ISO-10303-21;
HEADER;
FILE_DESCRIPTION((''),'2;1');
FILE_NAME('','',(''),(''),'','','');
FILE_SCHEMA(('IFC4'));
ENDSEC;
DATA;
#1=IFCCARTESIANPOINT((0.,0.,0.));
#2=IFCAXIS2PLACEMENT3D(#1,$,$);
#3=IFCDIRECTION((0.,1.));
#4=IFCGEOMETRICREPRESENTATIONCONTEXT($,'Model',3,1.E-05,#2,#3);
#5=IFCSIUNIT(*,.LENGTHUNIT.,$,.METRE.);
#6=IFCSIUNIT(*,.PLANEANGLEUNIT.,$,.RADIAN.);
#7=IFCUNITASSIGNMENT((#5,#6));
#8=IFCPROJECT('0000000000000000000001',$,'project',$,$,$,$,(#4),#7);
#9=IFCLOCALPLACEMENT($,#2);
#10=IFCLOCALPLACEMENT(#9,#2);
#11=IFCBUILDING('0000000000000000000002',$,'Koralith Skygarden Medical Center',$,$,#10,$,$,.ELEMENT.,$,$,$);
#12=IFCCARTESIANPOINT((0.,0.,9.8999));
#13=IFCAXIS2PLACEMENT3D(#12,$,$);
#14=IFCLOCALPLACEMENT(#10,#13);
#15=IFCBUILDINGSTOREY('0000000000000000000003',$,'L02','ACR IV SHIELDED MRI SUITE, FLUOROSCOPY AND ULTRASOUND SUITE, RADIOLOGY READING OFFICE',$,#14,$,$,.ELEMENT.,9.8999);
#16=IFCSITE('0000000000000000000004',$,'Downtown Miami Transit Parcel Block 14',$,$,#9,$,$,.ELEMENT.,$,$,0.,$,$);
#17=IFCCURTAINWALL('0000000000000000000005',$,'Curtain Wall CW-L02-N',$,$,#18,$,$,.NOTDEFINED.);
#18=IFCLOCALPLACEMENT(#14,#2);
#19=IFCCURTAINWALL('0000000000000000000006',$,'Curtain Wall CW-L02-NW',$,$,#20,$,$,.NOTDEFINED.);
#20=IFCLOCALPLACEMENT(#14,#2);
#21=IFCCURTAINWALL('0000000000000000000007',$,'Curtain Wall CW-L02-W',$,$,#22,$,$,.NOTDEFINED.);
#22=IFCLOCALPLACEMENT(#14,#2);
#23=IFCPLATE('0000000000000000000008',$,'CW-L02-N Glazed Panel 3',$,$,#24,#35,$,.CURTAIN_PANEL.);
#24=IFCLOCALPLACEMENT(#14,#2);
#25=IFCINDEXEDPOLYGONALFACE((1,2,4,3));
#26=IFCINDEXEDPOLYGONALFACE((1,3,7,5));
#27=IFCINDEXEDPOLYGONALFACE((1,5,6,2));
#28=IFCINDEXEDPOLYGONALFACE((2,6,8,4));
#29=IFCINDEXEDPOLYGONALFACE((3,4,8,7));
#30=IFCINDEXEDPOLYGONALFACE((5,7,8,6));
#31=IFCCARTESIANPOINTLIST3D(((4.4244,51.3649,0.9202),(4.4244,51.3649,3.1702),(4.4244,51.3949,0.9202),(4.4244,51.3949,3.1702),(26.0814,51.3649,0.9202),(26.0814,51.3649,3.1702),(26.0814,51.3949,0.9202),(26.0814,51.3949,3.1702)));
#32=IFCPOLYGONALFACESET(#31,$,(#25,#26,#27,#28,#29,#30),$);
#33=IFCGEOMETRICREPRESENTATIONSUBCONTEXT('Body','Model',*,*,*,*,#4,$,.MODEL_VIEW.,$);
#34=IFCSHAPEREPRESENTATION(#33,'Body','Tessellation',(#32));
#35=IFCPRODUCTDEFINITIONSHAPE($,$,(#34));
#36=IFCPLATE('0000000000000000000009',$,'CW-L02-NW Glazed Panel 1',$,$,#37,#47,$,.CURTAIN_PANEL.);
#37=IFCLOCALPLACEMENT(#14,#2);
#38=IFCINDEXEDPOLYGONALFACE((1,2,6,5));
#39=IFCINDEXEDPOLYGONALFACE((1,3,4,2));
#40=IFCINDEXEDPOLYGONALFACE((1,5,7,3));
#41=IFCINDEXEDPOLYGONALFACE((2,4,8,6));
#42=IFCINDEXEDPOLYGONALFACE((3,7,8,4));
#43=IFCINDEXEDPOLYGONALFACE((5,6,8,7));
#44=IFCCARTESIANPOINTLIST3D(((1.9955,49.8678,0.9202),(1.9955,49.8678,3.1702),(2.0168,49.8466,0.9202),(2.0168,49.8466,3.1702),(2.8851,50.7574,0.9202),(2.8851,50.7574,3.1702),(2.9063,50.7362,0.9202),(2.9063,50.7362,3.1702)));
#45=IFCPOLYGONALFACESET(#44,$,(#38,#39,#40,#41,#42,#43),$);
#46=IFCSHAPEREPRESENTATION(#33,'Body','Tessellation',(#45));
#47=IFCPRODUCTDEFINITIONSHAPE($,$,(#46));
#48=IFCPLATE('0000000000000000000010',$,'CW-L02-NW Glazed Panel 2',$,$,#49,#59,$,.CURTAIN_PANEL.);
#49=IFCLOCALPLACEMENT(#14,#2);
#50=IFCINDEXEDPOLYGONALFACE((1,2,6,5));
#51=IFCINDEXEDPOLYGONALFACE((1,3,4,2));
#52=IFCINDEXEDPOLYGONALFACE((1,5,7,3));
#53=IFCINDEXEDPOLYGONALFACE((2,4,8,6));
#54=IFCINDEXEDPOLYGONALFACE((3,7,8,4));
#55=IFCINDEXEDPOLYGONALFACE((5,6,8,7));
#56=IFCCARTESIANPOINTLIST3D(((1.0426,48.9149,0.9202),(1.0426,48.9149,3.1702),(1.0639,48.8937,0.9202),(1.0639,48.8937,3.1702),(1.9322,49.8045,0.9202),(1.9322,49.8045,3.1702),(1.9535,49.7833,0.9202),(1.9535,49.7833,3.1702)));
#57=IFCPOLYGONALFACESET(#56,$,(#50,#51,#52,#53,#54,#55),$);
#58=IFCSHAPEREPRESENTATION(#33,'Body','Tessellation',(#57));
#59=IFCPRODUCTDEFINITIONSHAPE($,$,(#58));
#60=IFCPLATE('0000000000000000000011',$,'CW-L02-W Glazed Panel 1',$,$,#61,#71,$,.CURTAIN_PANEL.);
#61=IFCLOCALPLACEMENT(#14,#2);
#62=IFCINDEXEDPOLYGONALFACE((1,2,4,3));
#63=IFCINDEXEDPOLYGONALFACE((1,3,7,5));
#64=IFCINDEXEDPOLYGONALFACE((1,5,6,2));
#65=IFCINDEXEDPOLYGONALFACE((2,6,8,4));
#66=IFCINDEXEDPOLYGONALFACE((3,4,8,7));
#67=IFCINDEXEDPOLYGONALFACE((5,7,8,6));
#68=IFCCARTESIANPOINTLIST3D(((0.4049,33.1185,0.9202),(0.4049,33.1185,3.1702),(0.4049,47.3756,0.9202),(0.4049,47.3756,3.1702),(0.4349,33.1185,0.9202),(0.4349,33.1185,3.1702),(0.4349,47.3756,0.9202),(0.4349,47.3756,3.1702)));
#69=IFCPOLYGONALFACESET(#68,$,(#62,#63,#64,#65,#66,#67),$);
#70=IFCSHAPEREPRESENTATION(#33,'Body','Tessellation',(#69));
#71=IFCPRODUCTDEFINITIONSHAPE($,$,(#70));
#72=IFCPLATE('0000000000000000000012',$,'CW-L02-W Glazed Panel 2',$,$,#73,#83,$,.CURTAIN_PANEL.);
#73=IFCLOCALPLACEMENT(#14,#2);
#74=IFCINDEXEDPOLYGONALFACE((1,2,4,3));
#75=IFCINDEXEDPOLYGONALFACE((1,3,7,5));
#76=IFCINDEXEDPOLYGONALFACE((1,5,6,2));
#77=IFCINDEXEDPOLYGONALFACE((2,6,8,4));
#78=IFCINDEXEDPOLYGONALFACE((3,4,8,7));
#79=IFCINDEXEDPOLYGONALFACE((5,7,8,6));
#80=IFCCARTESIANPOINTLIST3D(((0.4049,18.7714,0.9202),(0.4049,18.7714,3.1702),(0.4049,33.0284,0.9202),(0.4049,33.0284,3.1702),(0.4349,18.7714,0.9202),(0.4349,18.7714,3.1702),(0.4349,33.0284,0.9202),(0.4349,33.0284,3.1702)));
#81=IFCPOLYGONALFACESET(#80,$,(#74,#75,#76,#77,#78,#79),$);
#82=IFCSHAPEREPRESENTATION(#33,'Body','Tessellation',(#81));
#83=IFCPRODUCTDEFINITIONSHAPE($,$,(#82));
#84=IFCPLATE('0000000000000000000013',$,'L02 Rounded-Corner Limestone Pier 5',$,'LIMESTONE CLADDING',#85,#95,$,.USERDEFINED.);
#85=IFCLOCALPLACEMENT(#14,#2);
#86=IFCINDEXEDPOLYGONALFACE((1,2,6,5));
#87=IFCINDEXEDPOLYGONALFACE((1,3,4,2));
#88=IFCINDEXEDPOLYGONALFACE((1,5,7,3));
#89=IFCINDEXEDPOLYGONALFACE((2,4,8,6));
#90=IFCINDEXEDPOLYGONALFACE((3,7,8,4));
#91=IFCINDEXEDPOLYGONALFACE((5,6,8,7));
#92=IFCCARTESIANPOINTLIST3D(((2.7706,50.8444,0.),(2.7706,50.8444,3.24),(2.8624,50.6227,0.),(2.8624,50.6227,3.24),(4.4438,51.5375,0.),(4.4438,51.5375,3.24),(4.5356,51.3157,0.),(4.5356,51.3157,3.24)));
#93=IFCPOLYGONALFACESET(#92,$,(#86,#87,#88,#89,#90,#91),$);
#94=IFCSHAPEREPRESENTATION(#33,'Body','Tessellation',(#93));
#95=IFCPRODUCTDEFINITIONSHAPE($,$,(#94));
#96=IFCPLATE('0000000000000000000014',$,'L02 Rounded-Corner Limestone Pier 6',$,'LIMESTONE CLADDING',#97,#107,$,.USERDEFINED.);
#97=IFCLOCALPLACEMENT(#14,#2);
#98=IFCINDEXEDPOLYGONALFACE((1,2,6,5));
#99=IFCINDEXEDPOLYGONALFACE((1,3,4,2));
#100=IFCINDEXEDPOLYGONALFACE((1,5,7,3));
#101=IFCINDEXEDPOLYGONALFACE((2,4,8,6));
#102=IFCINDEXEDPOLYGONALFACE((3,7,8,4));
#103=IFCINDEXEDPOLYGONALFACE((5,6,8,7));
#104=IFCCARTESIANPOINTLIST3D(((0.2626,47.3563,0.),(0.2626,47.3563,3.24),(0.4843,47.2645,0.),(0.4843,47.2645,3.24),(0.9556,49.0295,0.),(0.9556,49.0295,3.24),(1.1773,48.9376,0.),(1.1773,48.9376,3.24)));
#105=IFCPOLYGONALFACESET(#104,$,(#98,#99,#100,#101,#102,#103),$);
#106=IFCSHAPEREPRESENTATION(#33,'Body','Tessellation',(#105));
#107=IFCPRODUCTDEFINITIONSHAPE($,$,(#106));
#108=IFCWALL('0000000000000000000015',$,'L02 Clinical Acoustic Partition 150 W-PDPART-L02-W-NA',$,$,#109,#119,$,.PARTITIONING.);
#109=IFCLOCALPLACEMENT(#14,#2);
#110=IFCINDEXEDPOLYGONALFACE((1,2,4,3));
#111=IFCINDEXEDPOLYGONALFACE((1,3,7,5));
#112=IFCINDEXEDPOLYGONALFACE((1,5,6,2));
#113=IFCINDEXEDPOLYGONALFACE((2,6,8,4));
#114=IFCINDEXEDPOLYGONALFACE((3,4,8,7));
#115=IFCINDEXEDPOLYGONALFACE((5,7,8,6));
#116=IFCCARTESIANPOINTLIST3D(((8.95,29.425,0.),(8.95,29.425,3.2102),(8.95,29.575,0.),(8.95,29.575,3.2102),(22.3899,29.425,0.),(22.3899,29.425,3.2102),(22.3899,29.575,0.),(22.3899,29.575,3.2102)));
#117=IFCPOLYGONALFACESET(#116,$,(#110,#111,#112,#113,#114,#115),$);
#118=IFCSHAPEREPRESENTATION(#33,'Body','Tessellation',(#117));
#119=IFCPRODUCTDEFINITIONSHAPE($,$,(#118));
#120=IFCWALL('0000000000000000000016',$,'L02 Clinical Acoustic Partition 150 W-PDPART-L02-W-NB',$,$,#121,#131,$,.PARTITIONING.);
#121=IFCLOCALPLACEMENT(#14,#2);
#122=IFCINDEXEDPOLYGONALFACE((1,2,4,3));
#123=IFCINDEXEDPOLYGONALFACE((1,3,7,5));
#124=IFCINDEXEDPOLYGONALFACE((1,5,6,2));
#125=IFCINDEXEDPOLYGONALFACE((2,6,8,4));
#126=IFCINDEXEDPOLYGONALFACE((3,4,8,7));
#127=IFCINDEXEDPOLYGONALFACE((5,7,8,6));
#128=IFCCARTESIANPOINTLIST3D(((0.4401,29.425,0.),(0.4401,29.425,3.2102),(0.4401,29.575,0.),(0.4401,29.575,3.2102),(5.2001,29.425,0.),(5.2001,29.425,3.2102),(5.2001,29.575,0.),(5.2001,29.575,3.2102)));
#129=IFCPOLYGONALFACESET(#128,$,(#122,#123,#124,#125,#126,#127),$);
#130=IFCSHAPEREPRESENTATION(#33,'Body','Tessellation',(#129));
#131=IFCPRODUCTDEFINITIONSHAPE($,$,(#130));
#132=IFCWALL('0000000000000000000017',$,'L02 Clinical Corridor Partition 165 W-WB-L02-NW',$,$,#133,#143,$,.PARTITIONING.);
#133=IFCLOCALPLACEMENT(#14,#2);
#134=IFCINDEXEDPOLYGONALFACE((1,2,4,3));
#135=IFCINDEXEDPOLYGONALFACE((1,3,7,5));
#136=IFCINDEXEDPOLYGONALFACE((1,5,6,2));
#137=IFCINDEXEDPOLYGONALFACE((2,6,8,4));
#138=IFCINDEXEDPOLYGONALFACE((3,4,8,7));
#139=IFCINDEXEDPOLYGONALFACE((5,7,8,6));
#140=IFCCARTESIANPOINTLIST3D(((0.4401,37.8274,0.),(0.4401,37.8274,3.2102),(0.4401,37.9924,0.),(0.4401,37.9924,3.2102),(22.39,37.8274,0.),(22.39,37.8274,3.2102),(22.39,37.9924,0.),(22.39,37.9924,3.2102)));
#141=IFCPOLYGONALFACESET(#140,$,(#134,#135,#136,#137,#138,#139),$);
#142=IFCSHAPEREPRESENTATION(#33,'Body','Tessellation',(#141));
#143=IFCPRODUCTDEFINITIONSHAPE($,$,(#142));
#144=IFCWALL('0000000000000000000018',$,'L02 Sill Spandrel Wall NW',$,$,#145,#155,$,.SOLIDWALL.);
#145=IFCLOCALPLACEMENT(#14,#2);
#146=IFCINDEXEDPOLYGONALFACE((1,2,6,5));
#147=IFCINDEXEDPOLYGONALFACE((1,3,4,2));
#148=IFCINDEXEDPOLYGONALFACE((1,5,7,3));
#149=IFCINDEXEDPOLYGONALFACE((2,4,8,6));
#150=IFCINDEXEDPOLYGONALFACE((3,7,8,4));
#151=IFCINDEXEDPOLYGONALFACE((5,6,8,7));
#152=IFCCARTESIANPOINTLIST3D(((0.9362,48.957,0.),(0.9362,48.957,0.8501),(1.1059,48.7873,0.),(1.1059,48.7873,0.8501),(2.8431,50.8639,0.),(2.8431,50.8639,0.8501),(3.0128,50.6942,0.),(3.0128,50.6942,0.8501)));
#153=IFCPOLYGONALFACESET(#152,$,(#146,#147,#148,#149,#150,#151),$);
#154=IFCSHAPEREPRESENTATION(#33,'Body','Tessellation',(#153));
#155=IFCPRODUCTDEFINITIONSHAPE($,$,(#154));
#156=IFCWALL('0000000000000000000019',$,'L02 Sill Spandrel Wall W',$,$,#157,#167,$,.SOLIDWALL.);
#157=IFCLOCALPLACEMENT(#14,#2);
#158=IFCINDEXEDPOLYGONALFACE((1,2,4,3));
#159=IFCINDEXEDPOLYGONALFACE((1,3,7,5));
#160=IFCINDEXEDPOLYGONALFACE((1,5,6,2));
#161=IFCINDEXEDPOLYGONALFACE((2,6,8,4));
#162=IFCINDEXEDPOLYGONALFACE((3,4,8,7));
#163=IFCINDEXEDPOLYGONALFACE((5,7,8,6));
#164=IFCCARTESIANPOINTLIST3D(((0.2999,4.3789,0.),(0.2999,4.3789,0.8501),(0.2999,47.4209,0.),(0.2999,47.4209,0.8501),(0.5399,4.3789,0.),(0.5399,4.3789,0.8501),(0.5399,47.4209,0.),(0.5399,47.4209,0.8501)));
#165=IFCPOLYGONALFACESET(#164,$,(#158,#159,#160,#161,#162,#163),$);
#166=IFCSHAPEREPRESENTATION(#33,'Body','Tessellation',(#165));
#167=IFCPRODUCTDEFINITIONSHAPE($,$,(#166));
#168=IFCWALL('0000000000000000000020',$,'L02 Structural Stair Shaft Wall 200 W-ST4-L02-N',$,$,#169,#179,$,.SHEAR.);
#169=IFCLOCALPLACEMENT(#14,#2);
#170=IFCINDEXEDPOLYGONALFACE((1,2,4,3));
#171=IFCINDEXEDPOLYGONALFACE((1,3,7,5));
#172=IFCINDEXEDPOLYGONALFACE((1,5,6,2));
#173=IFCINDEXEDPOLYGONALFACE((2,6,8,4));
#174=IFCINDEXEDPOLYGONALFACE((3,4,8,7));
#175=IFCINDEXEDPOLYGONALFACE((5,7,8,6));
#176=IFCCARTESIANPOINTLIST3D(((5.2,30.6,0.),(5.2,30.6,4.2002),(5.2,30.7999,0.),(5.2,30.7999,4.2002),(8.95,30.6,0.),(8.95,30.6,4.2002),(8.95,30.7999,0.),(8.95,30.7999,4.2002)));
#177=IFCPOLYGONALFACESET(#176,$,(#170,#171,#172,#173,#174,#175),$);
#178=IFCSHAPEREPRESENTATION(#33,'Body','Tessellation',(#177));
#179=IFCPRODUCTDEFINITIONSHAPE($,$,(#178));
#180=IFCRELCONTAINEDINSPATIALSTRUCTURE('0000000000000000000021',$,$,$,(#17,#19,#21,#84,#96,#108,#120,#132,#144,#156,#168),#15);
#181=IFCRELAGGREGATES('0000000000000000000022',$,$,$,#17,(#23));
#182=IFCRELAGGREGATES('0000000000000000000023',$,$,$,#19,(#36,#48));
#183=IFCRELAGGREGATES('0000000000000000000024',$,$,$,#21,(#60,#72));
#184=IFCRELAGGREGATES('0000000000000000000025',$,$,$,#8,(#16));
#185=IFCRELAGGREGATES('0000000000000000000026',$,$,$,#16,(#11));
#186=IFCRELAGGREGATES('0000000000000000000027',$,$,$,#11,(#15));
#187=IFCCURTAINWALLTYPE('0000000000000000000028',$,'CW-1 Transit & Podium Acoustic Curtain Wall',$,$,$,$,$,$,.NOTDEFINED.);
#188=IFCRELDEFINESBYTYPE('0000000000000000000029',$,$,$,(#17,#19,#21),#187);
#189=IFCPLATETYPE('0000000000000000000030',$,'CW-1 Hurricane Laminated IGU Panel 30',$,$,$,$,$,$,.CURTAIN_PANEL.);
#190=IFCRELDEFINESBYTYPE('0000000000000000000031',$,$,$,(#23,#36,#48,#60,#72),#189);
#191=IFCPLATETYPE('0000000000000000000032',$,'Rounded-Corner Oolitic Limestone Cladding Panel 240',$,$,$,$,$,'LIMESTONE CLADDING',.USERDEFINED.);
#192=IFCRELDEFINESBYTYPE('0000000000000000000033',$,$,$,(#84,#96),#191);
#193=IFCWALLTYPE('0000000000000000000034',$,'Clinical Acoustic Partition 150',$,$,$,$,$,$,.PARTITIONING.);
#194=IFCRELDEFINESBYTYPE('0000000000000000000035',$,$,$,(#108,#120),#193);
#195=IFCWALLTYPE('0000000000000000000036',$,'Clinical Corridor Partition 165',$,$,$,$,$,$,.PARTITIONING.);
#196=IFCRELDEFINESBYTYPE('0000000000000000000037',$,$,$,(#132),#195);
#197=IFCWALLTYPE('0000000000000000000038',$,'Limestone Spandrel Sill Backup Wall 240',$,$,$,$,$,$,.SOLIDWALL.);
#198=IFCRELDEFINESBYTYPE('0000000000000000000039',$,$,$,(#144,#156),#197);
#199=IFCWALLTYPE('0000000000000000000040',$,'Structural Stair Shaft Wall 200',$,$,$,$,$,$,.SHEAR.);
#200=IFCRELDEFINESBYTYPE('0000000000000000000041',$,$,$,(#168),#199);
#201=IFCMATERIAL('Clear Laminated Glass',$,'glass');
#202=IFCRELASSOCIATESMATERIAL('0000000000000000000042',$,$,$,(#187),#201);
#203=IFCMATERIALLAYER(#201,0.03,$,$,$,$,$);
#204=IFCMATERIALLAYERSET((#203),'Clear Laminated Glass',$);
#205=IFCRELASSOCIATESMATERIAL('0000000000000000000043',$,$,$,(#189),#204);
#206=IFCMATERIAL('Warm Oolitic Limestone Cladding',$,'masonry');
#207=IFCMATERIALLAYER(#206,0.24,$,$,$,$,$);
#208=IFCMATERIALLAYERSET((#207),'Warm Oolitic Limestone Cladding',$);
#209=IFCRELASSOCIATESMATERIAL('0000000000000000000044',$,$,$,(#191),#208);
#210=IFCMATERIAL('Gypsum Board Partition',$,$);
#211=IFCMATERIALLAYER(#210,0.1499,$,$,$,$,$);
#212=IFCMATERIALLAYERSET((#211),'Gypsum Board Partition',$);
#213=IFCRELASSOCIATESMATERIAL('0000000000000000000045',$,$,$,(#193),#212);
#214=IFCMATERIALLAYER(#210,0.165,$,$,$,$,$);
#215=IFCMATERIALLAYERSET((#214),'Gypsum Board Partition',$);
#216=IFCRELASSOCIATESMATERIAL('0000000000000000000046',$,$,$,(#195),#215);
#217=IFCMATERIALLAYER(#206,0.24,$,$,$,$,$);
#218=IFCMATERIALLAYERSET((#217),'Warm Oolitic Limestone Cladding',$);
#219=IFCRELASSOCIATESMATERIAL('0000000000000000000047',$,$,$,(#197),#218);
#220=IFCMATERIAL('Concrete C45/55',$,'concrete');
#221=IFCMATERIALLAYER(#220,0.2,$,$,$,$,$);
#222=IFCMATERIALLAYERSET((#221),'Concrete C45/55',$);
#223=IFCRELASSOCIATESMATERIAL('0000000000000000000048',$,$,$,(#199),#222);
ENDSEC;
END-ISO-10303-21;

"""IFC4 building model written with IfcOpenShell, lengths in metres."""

from ifc_helpers import new_model, si_unit, direction, frame, frame_2d, origin, origin_2d, place, context, subcontext, project, spatial, rectangle, extrude, material, layer, layer_set, type_object, element, aggregate, save


model = new_model("IFC4")

# Units and contexts
model_context = context("Model", 3, precision=1e-05, world=origin(), true_north=direction((0.0, 1.0)))
body_context = subcontext(model_context, "Body", "Model", "MODEL_VIEW")
ifc_project = project(units=[si_unit("LENGTHUNIT", "METRE"), si_unit("PLANEANGLEUNIT", "RADIAN")], contexts=[model_context])

# Site, building, storey
site_placement = place(None, origin())
site = spatial("IfcSite", under=ifc_project, at=site_placement, Name="Downtown Miami Transit Parcel Block 14", CompositionType="ELEMENT", RefElevation=0.0)
building_placement = place(site_placement, origin())
building = spatial("IfcBuilding", under=site, at=building_placement, Name="Koralith Skygarden Medical Center", CompositionType="ELEMENT")
storey_placement = place(building_placement, frame((0.0, 0.0, 9.8999)))
storey = spatial("IfcBuildingStorey", under=building, at=storey_placement, Name="L02", Description="ACR IV SHIELDED MRI SUITE, FLUOROSCOPY AND ULTRASOUND SUITE, RADIOLOGY READING OFFICE", CompositionType="ELEMENT", Elevation=9.8999)

# Curtain wall
ifc_material_1 = material(Name="Clear Laminated Glass", Category="glass")
curtain_wall_type = type_object("IfcCurtainWallType", Name="CW-1 Transit & Podium Acoustic Curtain Wall", PredefinedType="NOTDEFINED", material=ifc_material_1)
curtain_wall_1_placement = place(storey_placement, origin())
curtain_wall_1 = element("IfcCurtainWall", 1, at=curtain_wall_1_placement, inside=storey, type_object=curtain_wall_type, Name="Curtain Wall CW-L02-N", PredefinedType="NOTDEFINED")

# Curtain walls
curtain_wall_2_placement = place(storey_placement, origin())
curtain_wall_2 = element("IfcCurtainWall", 2, at=curtain_wall_2_placement, inside=storey, type_object=curtain_wall_type, Name="Curtain Wall CW-L02-NW", PredefinedType="NOTDEFINED")
curtain_wall_3_placement = place(storey_placement, origin())
curtain_wall_3 = element("IfcCurtainWall", 3, at=curtain_wall_3_placement, inside=storey, type_object=curtain_wall_type, Name="Curtain Wall CW-L02-W", PredefinedType="NOTDEFINED")

# Plates
ifc_layer_1 = layer(ifc_material_1, 0.03)
ifc_layer_set_1 = layer_set([ifc_layer_1], Name="Clear Laminated Glass")
plate_type_1 = type_object("IfcPlateType", Name="CW-1 Hurricane Laminated IGU Panel 30", PredefinedType="CURTAIN_PANEL", material=ifc_layer_set_1)
plate_1_placement = place(storey_placement, frame((15.2529, 51.3799, 0.9202), z_axis=(0.0, 0.0, 1.0), x_axis=(-1.0, 0.0, 0.0)))
plate_1 = element("IfcPlate", 4, at=plate_1_placement, type_object=plate_type_1, Name="CW-L02-N Glazed Panel 3", PredefinedType="CURTAIN_PANEL", context=body_context, shape_type="SweptSolid", body=[
    extrude(rectangle(XDim=21.657, YDim=0.03, at=origin_2d()), origin(), (0.0, 0.0, 1.0), 2.25),
])
aggregate(curtain_wall_1, [plate_1])
plate_2_placement = place(storey_placement, frame((2.4509, 50.302, 0.9202), z_axis=(0.0, 0.0, 1.0), x_axis=(-0.707107, -0.707107, 0.0)))
plate_2 = element("IfcPlate", 5, at=plate_2_placement, type_object=plate_type_1, Name="CW-L02-NW Glazed Panel 1", PredefinedType="CURTAIN_PANEL", context=body_context, shape_type="SweptSolid", body=[
    extrude(rectangle(XDim=1.2581, YDim=0.03, at=origin_2d()), origin(), (0.0, 0.0, 1.0), 2.25),
])
plate_3_placement = place(storey_placement, frame((1.498, 49.3491, 0.9202), z_axis=(0.0, 0.0, 1.0), x_axis=(-0.707107, -0.707107, 0.0)))
plate_3 = element("IfcPlate", 6, at=plate_3_placement, type_object=plate_type_1, Name="CW-L02-NW Glazed Panel 2", PredefinedType="CURTAIN_PANEL", context=body_context, shape_type="SweptSolid", body=[
    extrude(rectangle(XDim=1.2581, YDim=0.03, at=origin_2d()), origin(), (0.0, 0.0, 1.0), 2.25),
])
aggregate(curtain_wall_2, [plate_2, plate_3])
plate_4_placement = place(storey_placement, frame((0.4199, 40.2471, 0.9202), z_axis=(0.0, 0.0, 1.0), x_axis=(0.0, -1.0, 0.0)))
plate_4 = element("IfcPlate", 7, at=plate_4_placement, type_object=plate_type_1, Name="CW-L02-W Glazed Panel 1", PredefinedType="CURTAIN_PANEL", context=body_context, shape_type="SweptSolid", body=[
    extrude(rectangle(XDim=14.2571, YDim=0.03, at=origin_2d()), origin(), (0.0, 0.0, 1.0), 2.25),
])
plate_5_placement = place(storey_placement, frame((0.4199, 25.8999, 0.9202), z_axis=(0.0, 0.0, 1.0), x_axis=(0.0, -1.0, 0.0)))
plate_5 = element("IfcPlate", 8, at=plate_5_placement, type_object=plate_type_1, Name="CW-L02-W Glazed Panel 2", PredefinedType="CURTAIN_PANEL", context=body_context, shape_type="SweptSolid", body=[
    extrude(rectangle(XDim=14.2571, YDim=0.03, at=origin_2d()), origin(), (0.0, 0.0, 1.0), 2.25),
])
aggregate(curtain_wall_3, [plate_4, plate_5])

# Plates
ifc_material_2 = material(Name="Warm Oolitic Limestone Cladding", Category="masonry")
ifc_layer_2 = layer(ifc_material_2, 0.24)
ifc_layer_set_2 = layer_set([ifc_layer_2], Name="Warm Oolitic Limestone Cladding")
plate_type_2 = type_object("IfcPlateType", Name="Rounded-Corner Oolitic Limestone Cladding Panel 240", ElementType="LIMESTONE CLADDING", PredefinedType="USERDEFINED", material=ifc_layer_set_2)
for number, where, z_axis, x_axis, name in (
    (9, (3.6531, 51.0801, 0.0), (0.0, 0.0, 1.0), (-0.923885, -0.382671, 0.0), "L02 Rounded-Corner Limestone Pier 5"),
    (10, (0.72, 48.147, 0.0), (0.0, 0.0, 1.0), (-0.382671, -0.923885, 0.0), "L02 Rounded-Corner Limestone Pier 6"),
):
    element("IfcPlate", number, at=place(storey_placement, frame(where, z_axis=z_axis, x_axis=x_axis)), inside=storey, type_object=plate_type_2, Name=name, ObjectType="LIMESTONE CLADDING", PredefinedType="USERDEFINED", context=body_context, shape_type="SweptSolid", body=[
        extrude(rectangle(XDim=1.811, YDim=0.24, at=origin_2d()), origin(), (0.0, 0.0, 1.0), 3.24),
    ])

# Walls
ifc_material_3 = material(Name="Gypsum Board Partition")
ifc_layer_3 = layer(ifc_material_3, 0.1499)
ifc_layer_set_3 = layer_set([ifc_layer_3], Name="Gypsum Board Partition")
wall_type_1 = type_object("IfcWallType", Name="Clinical Acoustic Partition 150", PredefinedType="PARTITIONING", material=ifc_layer_set_3)
wall_1_placement = place(storey_placement, frame((8.95, 29.5, 0.0), z_axis=(0.0, 0.0, 1.0), x_axis=(1.0, 0.0, 0.0)))
element("IfcWall", 11, at=wall_1_placement, inside=storey, type_object=wall_type_1, Name="L02 Clinical Acoustic Partition 150 W-PDPART-L02-W-NA", PredefinedType="PARTITIONING", context=body_context, shape_type="SweptSolid", body=[
    extrude(rectangle(XDim=13.4399, YDim=0.1499, at=frame_2d((6.72, 0.0))), origin(), (0.0, 0.0, 1.0), 3.2102),
])
wall_2_placement = place(storey_placement, frame((5.2, 29.5, 0.0), z_axis=(0.0, 0.0, 1.0), x_axis=(-1.0, 0.0, 0.0)))
element("IfcWall", 12, at=wall_2_placement, inside=storey, type_object=wall_type_1, Name="L02 Clinical Acoustic Partition 150 W-PDPART-L02-W-NB", PredefinedType="PARTITIONING", context=body_context, shape_type="SweptSolid", body=[
    extrude(rectangle(XDim=4.76, YDim=0.1499, at=frame_2d((2.3799, 0.0))), origin(), (0.0, 0.0, 1.0), 3.2102),
])
ifc_layer_4 = layer(ifc_material_3, 0.165)
ifc_layer_set_4 = layer_set([ifc_layer_4], Name="Gypsum Board Partition")
wall_type_2 = type_object("IfcWallType", Name="Clinical Corridor Partition 165", PredefinedType="PARTITIONING", material=ifc_layer_set_4)
wall_3_placement = place(storey_placement, frame((0.4399, 37.9099, 0.0), z_axis=(0.0, 0.0, 1.0), x_axis=(1.0, 0.0, 0.0)))
element("IfcWall", 13, at=wall_3_placement, inside=storey, type_object=wall_type_2, Name="L02 Clinical Corridor Partition 165 W-WB-L02-NW", PredefinedType="PARTITIONING", context=body_context, shape_type="SweptSolid", body=[
    extrude(rectangle(XDim=21.95, YDim=0.165, at=frame_2d((10.9751, 0.0))), origin(), (0.0, 0.0, 1.0), 3.2102),
])
ifc_layer_5 = layer(ifc_material_2, 0.24)
ifc_layer_set_5 = layer_set([ifc_layer_5], Name="Warm Oolitic Limestone Cladding")
wall_type_3 = type_object("IfcWallType", Name="Limestone Spandrel Sill Backup Wall 240", PredefinedType="SOLIDWALL", material=ifc_layer_set_5)
wall_4_placement = place(storey_placement, frame((2.928, 50.7791, 0.0), z_axis=(0.0, 0.0, 1.0), x_axis=(-0.707107, -0.707107, 0.0)))
element("IfcWall", 14, at=wall_4_placement, inside=storey, type_object=wall_type_3, Name="L02 Sill Spandrel Wall NW", PredefinedType="SOLIDWALL", context=body_context, shape_type="SweptSolid", body=[
    extrude(rectangle(XDim=2.6968, YDim=0.24, at=frame_2d((1.3484, 0.0))), origin(), (0.0, 0.0, 1.0), 0.8501),
])
wall_5_placement = place(storey_placement, frame((0.4199, 47.4209, 0.0), z_axis=(0.0, 0.0, 1.0), x_axis=(0.0, -1.0, 0.0)))
element("IfcWall", 15, at=wall_5_placement, inside=storey, type_object=wall_type_3, Name="L02 Sill Spandrel Wall W", PredefinedType="SOLIDWALL", context=body_context, shape_type="SweptSolid", body=[
    extrude(rectangle(XDim=43.042, YDim=0.24, at=frame_2d((21.521, 0.0))), origin(), (0.0, 0.0, 1.0), 0.8501),
])
ifc_material_4 = material(Name="Concrete C45/55", Category="concrete")
ifc_layer_6 = layer(ifc_material_4, 0.2)
ifc_layer_set_6 = layer_set([ifc_layer_6], Name="Concrete C45/55")
wall_type_4 = type_object("IfcWallType", Name="Structural Stair Shaft Wall 200", PredefinedType="SHEAR", material=ifc_layer_set_6)
wall_6_placement = place(storey_placement, frame((5.2, 30.7, 0.0), z_axis=(0.0, 0.0, 1.0), x_axis=(1.0, 0.0, 0.0)))
element("IfcWall", 16, at=wall_6_placement, inside=storey, type_object=wall_type_4, Name="L02 Structural Stair Shaft Wall 200 W-ST4-L02-N", PredefinedType="SHEAR", context=body_context, shape_type="SweptSolid", body=[
    extrude(rectangle(XDim=3.75, YDim=0.2, at=frame_2d((1.875, 0.0))), origin(), (0.0, 0.0, 1.0), 4.2002),
])

save(model, "model.ifc")
